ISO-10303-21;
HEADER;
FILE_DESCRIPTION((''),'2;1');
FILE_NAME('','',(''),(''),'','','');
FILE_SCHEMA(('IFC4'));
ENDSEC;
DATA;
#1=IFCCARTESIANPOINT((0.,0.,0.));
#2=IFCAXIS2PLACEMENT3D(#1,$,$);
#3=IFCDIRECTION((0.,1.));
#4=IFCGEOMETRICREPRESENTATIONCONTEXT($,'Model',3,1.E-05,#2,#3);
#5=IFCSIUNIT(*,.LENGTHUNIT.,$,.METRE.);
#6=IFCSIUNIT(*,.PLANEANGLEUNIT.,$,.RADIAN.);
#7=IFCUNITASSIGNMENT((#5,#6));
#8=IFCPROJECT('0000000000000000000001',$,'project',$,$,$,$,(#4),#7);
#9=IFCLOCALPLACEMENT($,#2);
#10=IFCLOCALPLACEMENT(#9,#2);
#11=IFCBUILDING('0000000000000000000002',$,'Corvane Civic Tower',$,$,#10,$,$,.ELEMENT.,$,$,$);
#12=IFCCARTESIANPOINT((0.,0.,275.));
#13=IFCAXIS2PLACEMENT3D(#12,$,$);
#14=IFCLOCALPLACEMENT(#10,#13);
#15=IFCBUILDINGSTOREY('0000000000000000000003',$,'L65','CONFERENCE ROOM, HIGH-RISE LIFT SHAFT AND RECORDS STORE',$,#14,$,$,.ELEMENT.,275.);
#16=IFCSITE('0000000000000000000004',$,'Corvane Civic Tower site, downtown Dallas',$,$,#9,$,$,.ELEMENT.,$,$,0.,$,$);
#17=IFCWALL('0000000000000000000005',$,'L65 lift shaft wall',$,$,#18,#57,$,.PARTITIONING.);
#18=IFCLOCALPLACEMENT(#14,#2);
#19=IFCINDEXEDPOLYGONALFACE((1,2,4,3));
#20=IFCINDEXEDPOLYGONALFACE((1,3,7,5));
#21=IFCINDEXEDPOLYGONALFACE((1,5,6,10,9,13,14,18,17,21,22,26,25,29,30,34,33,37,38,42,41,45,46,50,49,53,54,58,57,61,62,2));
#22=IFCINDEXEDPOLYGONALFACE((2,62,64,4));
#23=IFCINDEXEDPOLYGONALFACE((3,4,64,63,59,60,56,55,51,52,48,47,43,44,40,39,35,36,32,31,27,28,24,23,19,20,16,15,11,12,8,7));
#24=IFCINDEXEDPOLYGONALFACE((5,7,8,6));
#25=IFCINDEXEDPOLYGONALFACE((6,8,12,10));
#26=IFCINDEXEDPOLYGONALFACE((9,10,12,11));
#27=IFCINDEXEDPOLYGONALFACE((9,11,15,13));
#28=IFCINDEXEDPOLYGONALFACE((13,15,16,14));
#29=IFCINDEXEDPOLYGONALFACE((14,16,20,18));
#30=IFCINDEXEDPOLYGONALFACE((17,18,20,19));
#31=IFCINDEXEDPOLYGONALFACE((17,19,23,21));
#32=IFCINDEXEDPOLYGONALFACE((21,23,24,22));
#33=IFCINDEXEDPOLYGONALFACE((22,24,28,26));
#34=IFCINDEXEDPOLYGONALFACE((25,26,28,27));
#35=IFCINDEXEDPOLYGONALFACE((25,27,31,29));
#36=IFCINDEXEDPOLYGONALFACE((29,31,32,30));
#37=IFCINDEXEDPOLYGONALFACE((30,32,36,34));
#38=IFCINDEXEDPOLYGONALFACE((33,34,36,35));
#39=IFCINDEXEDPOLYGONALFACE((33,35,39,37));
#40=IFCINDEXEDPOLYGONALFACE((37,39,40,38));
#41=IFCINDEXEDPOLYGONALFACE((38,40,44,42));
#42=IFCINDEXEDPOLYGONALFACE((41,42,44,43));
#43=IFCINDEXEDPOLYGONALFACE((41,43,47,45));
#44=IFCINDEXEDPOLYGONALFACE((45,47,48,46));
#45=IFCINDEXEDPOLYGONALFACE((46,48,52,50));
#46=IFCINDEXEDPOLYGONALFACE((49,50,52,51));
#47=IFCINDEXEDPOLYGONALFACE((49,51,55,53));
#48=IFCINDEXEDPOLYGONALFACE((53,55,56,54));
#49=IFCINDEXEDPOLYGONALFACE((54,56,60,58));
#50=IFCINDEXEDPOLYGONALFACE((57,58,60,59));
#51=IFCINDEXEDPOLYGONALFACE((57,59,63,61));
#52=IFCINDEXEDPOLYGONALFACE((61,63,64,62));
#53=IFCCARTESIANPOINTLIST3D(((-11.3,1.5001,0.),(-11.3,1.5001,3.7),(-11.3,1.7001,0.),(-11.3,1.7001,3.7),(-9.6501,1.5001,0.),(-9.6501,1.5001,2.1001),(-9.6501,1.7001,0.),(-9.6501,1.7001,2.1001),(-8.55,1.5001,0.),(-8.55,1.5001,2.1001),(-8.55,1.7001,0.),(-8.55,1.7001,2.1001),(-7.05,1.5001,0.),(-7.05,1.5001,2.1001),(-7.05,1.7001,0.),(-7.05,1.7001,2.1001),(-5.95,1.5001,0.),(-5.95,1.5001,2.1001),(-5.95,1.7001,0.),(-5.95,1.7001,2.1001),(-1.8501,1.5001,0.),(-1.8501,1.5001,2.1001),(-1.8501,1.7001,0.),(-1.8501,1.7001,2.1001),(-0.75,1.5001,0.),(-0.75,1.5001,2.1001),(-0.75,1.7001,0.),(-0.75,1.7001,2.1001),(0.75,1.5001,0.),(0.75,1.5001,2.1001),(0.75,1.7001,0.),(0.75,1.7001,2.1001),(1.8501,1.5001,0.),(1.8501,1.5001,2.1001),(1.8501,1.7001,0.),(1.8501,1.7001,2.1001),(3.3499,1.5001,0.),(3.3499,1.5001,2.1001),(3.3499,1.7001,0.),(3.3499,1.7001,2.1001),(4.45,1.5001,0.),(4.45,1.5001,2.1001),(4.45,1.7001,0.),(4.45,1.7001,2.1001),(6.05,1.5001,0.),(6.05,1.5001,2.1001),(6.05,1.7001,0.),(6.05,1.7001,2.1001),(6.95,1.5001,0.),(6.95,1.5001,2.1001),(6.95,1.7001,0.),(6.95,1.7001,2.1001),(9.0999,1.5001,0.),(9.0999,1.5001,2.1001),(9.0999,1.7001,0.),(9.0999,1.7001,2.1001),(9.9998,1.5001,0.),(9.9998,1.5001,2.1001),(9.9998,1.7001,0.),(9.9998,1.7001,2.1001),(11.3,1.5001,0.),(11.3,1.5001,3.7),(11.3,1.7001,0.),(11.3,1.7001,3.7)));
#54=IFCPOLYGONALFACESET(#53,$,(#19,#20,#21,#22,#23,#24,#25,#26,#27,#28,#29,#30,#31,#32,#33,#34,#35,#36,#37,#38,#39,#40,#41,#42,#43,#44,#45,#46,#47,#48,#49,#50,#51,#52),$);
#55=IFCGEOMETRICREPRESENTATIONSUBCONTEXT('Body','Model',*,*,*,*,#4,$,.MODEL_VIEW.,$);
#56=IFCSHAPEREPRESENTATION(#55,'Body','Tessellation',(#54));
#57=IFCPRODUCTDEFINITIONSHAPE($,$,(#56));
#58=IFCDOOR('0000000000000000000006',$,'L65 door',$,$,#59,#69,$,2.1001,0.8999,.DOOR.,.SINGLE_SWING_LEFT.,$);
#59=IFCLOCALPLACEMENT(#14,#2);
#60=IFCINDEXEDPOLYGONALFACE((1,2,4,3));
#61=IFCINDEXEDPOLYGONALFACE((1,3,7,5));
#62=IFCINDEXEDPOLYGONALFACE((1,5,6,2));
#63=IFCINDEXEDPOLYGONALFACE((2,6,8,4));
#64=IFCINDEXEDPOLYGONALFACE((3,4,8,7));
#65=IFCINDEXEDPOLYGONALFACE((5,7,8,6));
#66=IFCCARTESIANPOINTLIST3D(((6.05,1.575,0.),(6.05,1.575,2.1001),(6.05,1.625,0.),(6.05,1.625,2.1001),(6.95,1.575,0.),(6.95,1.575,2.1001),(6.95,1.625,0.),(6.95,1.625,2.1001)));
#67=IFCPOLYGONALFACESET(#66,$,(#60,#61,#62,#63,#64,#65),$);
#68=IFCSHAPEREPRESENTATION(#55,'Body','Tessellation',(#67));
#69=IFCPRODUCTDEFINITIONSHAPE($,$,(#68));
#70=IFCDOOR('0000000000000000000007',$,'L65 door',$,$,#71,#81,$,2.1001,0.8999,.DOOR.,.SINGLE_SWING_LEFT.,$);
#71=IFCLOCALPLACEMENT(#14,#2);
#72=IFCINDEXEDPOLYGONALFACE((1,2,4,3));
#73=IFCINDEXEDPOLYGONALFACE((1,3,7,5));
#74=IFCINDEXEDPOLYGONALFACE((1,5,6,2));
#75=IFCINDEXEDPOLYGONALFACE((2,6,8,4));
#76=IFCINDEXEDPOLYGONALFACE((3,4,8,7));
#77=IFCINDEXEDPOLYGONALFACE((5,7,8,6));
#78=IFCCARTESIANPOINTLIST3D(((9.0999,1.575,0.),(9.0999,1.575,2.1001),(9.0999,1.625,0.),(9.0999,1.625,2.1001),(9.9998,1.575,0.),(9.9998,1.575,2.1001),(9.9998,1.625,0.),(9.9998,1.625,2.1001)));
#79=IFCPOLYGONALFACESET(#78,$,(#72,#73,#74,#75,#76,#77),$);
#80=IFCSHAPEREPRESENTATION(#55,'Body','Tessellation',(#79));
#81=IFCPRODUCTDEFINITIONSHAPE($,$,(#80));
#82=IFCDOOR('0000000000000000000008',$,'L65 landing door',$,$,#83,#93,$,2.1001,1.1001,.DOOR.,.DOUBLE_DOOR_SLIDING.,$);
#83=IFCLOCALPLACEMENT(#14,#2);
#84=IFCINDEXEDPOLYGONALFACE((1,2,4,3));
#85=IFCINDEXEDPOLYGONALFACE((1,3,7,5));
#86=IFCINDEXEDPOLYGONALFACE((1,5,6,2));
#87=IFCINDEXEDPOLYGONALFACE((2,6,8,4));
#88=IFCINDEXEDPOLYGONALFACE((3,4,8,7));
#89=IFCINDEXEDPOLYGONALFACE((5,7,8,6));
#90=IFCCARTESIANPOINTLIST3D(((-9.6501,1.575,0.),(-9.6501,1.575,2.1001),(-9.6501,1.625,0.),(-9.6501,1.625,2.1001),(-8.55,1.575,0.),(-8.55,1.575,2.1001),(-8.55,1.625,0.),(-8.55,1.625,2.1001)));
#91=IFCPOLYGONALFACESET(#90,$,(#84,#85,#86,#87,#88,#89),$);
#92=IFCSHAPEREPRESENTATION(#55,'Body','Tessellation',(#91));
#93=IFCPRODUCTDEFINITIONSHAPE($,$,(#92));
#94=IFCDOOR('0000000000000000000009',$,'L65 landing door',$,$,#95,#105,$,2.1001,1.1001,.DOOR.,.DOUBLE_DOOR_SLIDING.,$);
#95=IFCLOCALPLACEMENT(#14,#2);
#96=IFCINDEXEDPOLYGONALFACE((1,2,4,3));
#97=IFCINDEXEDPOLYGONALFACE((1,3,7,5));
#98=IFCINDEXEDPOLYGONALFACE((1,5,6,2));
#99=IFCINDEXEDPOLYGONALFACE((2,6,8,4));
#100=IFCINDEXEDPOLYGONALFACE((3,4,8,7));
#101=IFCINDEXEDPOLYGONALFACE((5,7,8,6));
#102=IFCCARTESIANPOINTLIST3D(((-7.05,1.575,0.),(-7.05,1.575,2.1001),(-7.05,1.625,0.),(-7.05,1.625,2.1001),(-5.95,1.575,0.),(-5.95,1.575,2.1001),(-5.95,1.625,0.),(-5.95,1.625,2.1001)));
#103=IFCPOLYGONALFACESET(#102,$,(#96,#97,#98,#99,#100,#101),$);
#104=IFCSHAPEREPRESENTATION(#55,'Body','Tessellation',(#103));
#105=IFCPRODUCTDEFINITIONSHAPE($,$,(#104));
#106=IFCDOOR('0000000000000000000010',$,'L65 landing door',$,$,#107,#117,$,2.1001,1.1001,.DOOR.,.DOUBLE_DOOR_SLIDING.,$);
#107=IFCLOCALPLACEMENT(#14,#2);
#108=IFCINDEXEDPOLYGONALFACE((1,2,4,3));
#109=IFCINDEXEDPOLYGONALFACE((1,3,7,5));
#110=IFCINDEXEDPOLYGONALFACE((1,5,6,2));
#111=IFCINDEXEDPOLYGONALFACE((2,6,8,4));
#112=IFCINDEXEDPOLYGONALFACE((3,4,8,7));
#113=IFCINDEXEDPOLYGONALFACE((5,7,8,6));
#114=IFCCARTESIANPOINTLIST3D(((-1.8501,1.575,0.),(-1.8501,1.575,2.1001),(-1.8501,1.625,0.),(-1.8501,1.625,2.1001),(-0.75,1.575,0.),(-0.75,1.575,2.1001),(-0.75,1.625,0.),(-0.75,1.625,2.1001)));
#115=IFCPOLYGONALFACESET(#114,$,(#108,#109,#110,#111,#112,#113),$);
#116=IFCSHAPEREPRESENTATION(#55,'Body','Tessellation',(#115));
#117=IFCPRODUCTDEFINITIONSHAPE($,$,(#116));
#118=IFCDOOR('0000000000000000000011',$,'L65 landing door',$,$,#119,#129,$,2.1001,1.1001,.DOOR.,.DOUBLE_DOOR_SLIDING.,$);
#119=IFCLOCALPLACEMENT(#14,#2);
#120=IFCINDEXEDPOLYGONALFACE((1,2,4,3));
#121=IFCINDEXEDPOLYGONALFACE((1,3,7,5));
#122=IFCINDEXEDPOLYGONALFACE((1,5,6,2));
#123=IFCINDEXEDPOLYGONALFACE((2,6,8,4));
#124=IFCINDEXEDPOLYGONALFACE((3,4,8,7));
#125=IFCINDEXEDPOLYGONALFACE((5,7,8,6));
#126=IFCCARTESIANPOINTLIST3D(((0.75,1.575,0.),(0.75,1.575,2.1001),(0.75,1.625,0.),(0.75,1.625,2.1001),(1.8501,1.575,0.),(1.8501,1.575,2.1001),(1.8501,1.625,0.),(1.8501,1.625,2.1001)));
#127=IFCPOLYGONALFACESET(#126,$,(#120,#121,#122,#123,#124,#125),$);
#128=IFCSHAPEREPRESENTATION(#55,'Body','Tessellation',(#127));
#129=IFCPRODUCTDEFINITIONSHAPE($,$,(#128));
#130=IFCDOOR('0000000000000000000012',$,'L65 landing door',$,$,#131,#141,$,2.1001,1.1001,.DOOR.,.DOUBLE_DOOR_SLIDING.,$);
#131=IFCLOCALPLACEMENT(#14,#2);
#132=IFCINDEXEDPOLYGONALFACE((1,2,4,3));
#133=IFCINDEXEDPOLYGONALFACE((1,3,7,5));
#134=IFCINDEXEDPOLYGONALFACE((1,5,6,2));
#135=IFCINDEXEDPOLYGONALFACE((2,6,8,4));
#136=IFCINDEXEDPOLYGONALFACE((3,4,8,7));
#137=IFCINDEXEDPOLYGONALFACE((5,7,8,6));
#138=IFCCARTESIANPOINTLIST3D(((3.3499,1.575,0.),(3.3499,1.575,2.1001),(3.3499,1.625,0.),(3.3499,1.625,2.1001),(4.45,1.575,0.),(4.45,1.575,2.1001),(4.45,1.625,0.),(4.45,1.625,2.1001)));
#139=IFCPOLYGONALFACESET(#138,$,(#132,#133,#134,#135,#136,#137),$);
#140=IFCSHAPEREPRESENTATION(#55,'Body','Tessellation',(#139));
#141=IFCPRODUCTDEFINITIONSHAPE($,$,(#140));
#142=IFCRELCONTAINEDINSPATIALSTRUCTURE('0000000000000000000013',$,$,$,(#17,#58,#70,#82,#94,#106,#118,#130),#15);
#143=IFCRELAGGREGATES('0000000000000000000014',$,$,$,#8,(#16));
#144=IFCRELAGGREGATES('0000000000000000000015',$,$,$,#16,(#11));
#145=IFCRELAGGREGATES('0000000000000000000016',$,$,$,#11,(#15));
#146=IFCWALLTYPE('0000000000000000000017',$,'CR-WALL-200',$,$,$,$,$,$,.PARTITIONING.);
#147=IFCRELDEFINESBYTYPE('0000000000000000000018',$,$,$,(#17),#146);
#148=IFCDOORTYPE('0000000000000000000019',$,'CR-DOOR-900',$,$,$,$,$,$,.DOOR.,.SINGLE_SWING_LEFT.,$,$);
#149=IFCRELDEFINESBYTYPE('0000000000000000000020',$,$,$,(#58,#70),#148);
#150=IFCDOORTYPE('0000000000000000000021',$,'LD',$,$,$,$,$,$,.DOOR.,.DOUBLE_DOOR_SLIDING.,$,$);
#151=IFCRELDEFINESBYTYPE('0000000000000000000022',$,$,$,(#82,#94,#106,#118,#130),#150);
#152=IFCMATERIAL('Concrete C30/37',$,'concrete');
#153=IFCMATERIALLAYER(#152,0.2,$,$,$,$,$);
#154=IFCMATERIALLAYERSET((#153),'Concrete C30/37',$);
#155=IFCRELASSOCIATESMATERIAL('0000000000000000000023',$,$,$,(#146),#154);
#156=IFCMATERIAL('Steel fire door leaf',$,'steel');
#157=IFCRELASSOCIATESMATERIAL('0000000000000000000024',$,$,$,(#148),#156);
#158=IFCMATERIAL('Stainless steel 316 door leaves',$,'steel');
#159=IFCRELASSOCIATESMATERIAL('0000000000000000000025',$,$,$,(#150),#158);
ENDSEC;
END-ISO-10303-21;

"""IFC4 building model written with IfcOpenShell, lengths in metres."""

from ifc_helpers import new_model, si_unit, direction, frame, frame_2d, origin, place, context, subcontext, project, spatial, rectangle, extrude, material, layer, layer_set, type_object, element, fill, save


model = new_model("IFC4")

# Units and contexts
model_context = context("Model", 3, precision=1e-05, world=origin(), true_north=direction((0.0, 1.0)))
body_context = subcontext(model_context, "Body", "Model", "MODEL_VIEW")
ifc_project = project(units=[si_unit("LENGTHUNIT", "METRE"), si_unit("PLANEANGLEUNIT", "RADIAN")], contexts=[model_context])

# Site, building, storey
site_placement = place(None, origin())
site = spatial("IfcSite", under=ifc_project, at=site_placement, Name="Corvane Civic Tower site, downtown Dallas", CompositionType="ELEMENT", RefElevation=0.0)
building_placement = place(site_placement, origin())
building = spatial("IfcBuilding", under=site, at=building_placement, Name="Corvane Civic Tower", CompositionType="ELEMENT")
storey_placement = place(building_placement, frame((0.0, 0.0, 275.0)))
storey = spatial("IfcBuildingStorey", under=building, at=storey_placement, Name="L65", Description="CONFERENCE ROOM, HIGH-RISE LIFT SHAFT AND RECORDS STORE", CompositionType="ELEMENT", Elevation=275.0)

# Wall, openings, doors
ifc_material_1 = material(Name="Concrete C30/37", Category="concrete")
ifc_layer_1 = layer(ifc_material_1, 0.2)
ifc_layer_set_1 = layer_set([ifc_layer_1], Name="Concrete C30/37")
wall_type_1 = type_object("IfcWallType", Name="CR-WALL-200", PredefinedType="PARTITIONING", material=ifc_layer_set_1)
wall_1_placement = place(storey_placement, frame((-11.3, 1.6001, 0.0), z_axis=(0.0, 0.0, 1.0), x_axis=(1.0, 0.0, 0.0)))
wall_1 = element("IfcWall", 1, at=wall_1_placement, inside=storey, type_object=wall_type_1, Name="L65 lift shaft wall", PredefinedType="PARTITIONING", context=body_context, shape_type="SweptSolid", body=[
    extrude(rectangle(XDim=22.6001, YDim=0.2, at=frame_2d((11.3, 0.0))), origin(), (0.0, 0.0, 1.0), 3.7),
])
opening_1_placement = place(wall_1_placement, frame((1.6499, 0.0, 0.0)))
opening_1 = element("IfcOpeningElement", 2, at=opening_1_placement, cuts=wall_1, PredefinedType="OPENING", context=body_context, shape_type="SweptSolid", body=[
    extrude(rectangle(XDim=1.1001, YDim=2.1001, at=frame_2d((0.55, 1.05))), frame((0.0, 0.1099, 0.0), z_axis=(0.0, -1.0, 0.0), x_axis=(1.0, 0.0, 0.0)), (0.0, 0.0, 1.0), 0.22),
])
opening_2_placement = place(wall_1_placement, frame((4.25, 0.0, 0.0)))
opening_2 = element("IfcOpeningElement", 3, at=opening_2_placement, cuts=wall_1, PredefinedType="OPENING", context=body_context, shape_type="SweptSolid", body=[
    extrude(rectangle(XDim=1.1001, YDim=2.1001, at=frame_2d((0.55, 1.05))), frame((0.0, 0.1099, 0.0), z_axis=(0.0, -1.0, 0.0), x_axis=(1.0, 0.0, 0.0)), (0.0, 0.0, 1.0), 0.22),
])
opening_3_placement = place(wall_1_placement, frame((9.45, 0.0, 0.0)))
opening_3 = element("IfcOpeningElement", 4, at=opening_3_placement, cuts=wall_1, PredefinedType="OPENING", context=body_context, shape_type="SweptSolid", body=[
    extrude(rectangle(XDim=1.1001, YDim=2.1001, at=frame_2d((0.55, 1.05))), frame((0.0, 0.1099, 0.0), z_axis=(0.0, -1.0, 0.0), x_axis=(1.0, 0.0, 0.0)), (0.0, 0.0, 1.0), 0.22),
])
opening_4_placement = place(wall_1_placement, frame((12.05, 0.0, 0.0)))
opening_4 = element("IfcOpeningElement", 5, at=opening_4_placement, cuts=wall_1, PredefinedType="OPENING", context=body_context, shape_type="SweptSolid", body=[
    extrude(rectangle(XDim=1.1001, YDim=2.1001, at=frame_2d((0.55, 1.05))), frame((0.0, 0.1099, 0.0), z_axis=(0.0, -1.0, 0.0), x_axis=(1.0, 0.0, 0.0)), (0.0, 0.0, 1.0), 0.22),
])
opening_5_placement = place(wall_1_placement, frame((14.6499, 0.0, 0.0)))
opening_5 = element("IfcOpeningElement", 6, at=opening_5_placement, cuts=wall_1, PredefinedType="OPENING", context=body_context, shape_type="SweptSolid", body=[
    extrude(rectangle(XDim=1.1001, YDim=2.1001, at=frame_2d((0.55, 1.05))), frame((0.0, 0.1099, 0.0), z_axis=(0.0, -1.0, 0.0), x_axis=(1.0, 0.0, 0.0)), (0.0, 0.0, 1.0), 0.22),
])
opening_6_placement = place(wall_1_placement, frame((17.3501, 0.0, 0.0)))
opening_6 = element("IfcOpeningElement", 7, at=opening_6_placement, cuts=wall_1, PredefinedType="OPENING", context=body_context, shape_type="SweptSolid", body=[
    extrude(rectangle(XDim=0.8999, YDim=2.1001, at=frame_2d((0.45, 1.05))), frame((0.0, 0.1099, 0.0), z_axis=(0.0, -1.0, 0.0), x_axis=(1.0, 0.0, 0.0)), (0.0, 0.0, 1.0), 0.22),
])
opening_7_placement = place(wall_1_placement, frame((20.3999, 0.0, 0.0)))
opening_7 = element("IfcOpeningElement", 8, at=opening_7_placement, cuts=wall_1, PredefinedType="OPENING", context=body_context, shape_type="SweptSolid", body=[
    extrude(rectangle(XDim=0.8999, YDim=2.1001, at=frame_2d((0.45, 1.05))), frame((0.0, 0.1099, 0.0), z_axis=(0.0, -1.0, 0.0), x_axis=(1.0, 0.0, 0.0)), (0.0, 0.0, 1.0), 0.22),
])
ifc_material_2 = material(Name="Steel fire door leaf", Category="steel")
door_type_1 = type_object("IfcDoorType", Name="CR-DOOR-900", OperationType="SINGLE_SWING_LEFT", PredefinedType="DOOR", material=ifc_material_2)
door_1_placement = place(opening_6_placement, origin())
door_1 = element("IfcDoor", 9, at=door_1_placement, inside=storey, type_object=door_type_1, Name="L65 door", OperationType="SINGLE_SWING_LEFT", OverallHeight=2.1001, OverallWidth=0.8999, PredefinedType="DOOR", context=body_context, shape_type="SweptSolid", body=[
    extrude(rectangle(XDim=0.8999, YDim=2.1001, at=frame_2d((0.45, 1.05))), frame((0.0, 0.0249, 0.0), z_axis=(0.0, -1.0, 0.0), x_axis=(1.0, 0.0, 0.0)), (0.0, 0.0, 1.0), 0.05),
])
fill(opening_6, door_1)
door_2_placement = place(opening_7_placement, origin())
door_2 = element("IfcDoor", 10, at=door_2_placement, inside=storey, type_object=door_type_1, Name="L65 door", OperationType="SINGLE_SWING_LEFT", OverallHeight=2.1001, OverallWidth=0.8999, PredefinedType="DOOR", context=body_context, shape_type="SweptSolid", body=[
    extrude(rectangle(XDim=0.8999, YDim=2.1001, at=frame_2d((0.45, 1.05))), frame((0.0, 0.0249, 0.0), z_axis=(0.0, -1.0, 0.0), x_axis=(1.0, 0.0, 0.0)), (0.0, 0.0, 1.0), 0.05),
])
fill(opening_7, door_2)
ifc_material_3 = material(Name="Stainless steel 316 door leaves", Category="steel")
door_type_2 = type_object("IfcDoorType", Name="LD", OperationType="DOUBLE_DOOR_SLIDING", PredefinedType="DOOR", material=ifc_material_3)
door_3_placement = place(opening_1_placement, origin())
door_3 = element("IfcDoor", 11, at=door_3_placement, inside=storey, type_object=door_type_2, Name="L65 landing door", OperationType="DOUBLE_DOOR_SLIDING", OverallHeight=2.1001, OverallWidth=1.1001, PredefinedType="DOOR", context=body_context, shape_type="SweptSolid", body=[
    extrude(rectangle(XDim=1.1001, YDim=2.1001, at=frame_2d((0.55, 1.05))), frame((0.0, 0.0249, 0.0), z_axis=(0.0, -1.0, 0.0), x_axis=(1.0, 0.0, 0.0)), (0.0, 0.0, 1.0), 0.05),
])
fill(opening_1, door_3)
door_4_placement = place(opening_2_placement, origin())
door_4 = element("IfcDoor", 12, at=door_4_placement, inside=storey, type_object=door_type_2, Name="L65 landing door", OperationType="DOUBLE_DOOR_SLIDING", OverallHeight=2.1001, OverallWidth=1.1001, PredefinedType="DOOR", context=body_context, shape_type="SweptSolid", body=[
    extrude(rectangle(XDim=1.1001, YDim=2.1001, at=frame_2d((0.55, 1.05))), frame((0.0, 0.0249, 0.0), z_axis=(0.0, -1.0, 0.0), x_axis=(1.0, 0.0, 0.0)), (0.0, 0.0, 1.0), 0.05),
])
fill(opening_2, door_4)
door_5_placement = place(opening_3_placement, origin())
door_5 = element("IfcDoor", 13, at=door_5_placement, inside=storey, type_object=door_type_2, Name="L65 landing door", OperationType="DOUBLE_DOOR_SLIDING", OverallHeight=2.1001, OverallWidth=1.1001, PredefinedType="DOOR", context=body_context, shape_type="SweptSolid", body=[
    extrude(rectangle(XDim=1.1001, YDim=2.1001, at=frame_2d((0.55, 1.05))), frame((0.0, 0.0249, 0.0), z_axis=(0.0, -1.0, 0.0), x_axis=(1.0, 0.0, 0.0)), (0.0, 0.0, 1.0), 0.05),
])
fill(opening_3, door_5)
door_6_placement = place(opening_4_placement, origin())
door_6 = element("IfcDoor", 14, at=door_6_placement, inside=storey, type_object=door_type_2, Name="L65 landing door", OperationType="DOUBLE_DOOR_SLIDING", OverallHeight=2.1001, OverallWidth=1.1001, PredefinedType="DOOR", context=body_context, shape_type="SweptSolid", body=[
    extrude(rectangle(XDim=1.1001, YDim=2.1001, at=frame_2d((0.55, 1.05))), frame((0.0, 0.0249, 0.0), z_axis=(0.0, -1.0, 0.0), x_axis=(1.0, 0.0, 0.0)), (0.0, 0.0, 1.0), 0.05),
])
fill(opening_4, door_6)
door_7_placement = place(opening_5_placement, origin())
door_7 = element("IfcDoor", 15, at=door_7_placement, inside=storey, type_object=door_type_2, Name="L65 landing door", OperationType="DOUBLE_DOOR_SLIDING", OverallHeight=2.1001, OverallWidth=1.1001, PredefinedType="DOOR", context=body_context, shape_type="SweptSolid", body=[
    extrude(rectangle(XDim=1.1001, YDim=2.1001, at=frame_2d((0.55, 1.05))), frame((0.0, 0.0249, 0.0), z_axis=(0.0, -1.0, 0.0), x_axis=(1.0, 0.0, 0.0)), (0.0, 0.0, 1.0), 0.05),
])
fill(opening_5, door_7)

save(model, "model.ifc")
